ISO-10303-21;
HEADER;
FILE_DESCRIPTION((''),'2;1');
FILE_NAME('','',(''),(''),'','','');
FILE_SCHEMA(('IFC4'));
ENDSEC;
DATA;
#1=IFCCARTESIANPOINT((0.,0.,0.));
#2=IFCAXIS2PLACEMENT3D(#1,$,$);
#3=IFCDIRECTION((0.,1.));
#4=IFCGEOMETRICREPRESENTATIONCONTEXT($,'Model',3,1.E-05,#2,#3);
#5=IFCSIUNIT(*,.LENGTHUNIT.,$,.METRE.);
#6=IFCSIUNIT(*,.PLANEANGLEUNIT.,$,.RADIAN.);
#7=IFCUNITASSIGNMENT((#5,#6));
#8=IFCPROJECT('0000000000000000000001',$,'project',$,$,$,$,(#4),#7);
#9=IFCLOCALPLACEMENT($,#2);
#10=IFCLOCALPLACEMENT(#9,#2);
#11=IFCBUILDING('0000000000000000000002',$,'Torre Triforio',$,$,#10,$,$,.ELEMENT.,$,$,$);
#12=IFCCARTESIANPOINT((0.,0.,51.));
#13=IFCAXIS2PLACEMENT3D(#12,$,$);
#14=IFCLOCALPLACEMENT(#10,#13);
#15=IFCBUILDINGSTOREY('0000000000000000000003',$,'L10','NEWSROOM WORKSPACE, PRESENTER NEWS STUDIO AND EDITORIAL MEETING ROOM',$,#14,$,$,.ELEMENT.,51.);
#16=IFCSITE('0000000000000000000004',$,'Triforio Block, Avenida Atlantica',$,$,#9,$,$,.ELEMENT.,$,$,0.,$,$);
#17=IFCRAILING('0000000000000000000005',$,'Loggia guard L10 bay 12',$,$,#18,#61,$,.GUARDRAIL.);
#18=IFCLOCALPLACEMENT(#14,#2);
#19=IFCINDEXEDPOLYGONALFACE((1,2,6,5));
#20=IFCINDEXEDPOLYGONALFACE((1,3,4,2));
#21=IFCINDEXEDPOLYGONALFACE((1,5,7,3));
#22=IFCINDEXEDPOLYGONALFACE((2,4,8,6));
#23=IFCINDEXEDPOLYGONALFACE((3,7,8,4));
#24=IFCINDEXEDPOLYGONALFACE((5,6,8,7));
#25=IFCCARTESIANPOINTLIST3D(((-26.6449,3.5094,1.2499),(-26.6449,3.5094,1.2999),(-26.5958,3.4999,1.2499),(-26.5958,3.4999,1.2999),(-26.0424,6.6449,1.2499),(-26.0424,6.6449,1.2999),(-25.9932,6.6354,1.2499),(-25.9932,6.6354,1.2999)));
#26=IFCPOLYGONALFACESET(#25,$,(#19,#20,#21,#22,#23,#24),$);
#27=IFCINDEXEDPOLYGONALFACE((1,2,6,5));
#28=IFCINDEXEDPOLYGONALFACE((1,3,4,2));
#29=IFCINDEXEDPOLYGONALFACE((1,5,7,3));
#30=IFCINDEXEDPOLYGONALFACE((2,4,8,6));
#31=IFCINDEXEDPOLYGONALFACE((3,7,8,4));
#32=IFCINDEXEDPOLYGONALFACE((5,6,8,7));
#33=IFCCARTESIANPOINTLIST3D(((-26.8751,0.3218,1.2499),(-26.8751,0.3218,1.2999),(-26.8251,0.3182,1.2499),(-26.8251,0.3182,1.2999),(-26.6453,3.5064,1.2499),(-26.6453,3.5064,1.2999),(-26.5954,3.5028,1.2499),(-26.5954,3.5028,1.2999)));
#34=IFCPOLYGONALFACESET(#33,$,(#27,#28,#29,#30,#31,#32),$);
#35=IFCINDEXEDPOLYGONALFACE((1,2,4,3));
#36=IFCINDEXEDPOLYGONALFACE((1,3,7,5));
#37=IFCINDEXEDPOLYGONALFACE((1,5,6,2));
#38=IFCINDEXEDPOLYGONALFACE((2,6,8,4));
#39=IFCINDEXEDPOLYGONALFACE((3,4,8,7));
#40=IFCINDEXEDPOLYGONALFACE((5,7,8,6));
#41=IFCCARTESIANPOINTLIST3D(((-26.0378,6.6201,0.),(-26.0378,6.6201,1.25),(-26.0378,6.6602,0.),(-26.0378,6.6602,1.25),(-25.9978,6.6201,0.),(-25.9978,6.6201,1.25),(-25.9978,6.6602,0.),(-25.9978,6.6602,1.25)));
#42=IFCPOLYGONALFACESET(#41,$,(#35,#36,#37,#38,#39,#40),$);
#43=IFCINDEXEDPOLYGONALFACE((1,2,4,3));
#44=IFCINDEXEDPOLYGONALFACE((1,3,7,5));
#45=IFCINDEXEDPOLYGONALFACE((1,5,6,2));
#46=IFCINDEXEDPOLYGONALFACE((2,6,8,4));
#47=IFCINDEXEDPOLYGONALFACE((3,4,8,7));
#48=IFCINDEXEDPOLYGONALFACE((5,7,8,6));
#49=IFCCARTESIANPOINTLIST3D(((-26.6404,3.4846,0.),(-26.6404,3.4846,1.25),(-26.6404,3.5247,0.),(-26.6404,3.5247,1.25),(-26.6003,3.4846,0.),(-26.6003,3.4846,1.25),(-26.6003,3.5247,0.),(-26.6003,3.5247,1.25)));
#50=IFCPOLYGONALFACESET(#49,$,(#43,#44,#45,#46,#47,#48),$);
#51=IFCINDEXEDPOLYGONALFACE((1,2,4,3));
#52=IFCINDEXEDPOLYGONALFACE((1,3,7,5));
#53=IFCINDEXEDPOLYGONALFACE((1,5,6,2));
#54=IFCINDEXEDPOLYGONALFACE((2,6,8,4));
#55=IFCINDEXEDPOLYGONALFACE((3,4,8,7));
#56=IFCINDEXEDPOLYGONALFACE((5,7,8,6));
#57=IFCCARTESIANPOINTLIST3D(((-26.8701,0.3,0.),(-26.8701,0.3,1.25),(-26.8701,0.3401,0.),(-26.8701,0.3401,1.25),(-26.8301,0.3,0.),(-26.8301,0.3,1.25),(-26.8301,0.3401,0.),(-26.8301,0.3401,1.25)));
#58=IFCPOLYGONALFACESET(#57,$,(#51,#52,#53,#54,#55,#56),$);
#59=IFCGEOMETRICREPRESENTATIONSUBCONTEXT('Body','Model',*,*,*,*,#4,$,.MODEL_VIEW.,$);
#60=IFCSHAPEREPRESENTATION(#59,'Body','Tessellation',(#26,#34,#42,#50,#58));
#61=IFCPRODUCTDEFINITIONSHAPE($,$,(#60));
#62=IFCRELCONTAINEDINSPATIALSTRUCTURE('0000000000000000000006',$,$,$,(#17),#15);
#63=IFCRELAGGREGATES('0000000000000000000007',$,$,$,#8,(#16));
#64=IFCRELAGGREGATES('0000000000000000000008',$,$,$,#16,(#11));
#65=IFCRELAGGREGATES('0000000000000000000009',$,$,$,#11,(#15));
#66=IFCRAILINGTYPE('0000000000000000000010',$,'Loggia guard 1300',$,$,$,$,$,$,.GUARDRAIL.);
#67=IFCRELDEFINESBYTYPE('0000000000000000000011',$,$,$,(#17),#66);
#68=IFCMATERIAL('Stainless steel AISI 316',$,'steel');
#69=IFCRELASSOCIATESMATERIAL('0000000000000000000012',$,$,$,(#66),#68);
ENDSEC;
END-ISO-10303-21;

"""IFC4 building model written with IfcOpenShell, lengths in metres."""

from ifc_helpers import new_model, si_unit, direction, frame, origin, origin_2d, place, context, subcontext, project, spatial, rectangle, extrude, material, type_object, element, save


model = new_model("IFC4")

# Units and contexts
model_context = context("Model", 3, precision=1e-05, world=origin(), true_north=direction((0.0, 1.0)))
body_context = subcontext(model_context, "Body", "Model", "MODEL_VIEW")
ifc_project = project(units=[si_unit("LENGTHUNIT", "METRE"), si_unit("PLANEANGLEUNIT", "RADIAN")], contexts=[model_context])

# Site, building, storey
site_placement = place(None, origin())
site = spatial("IfcSite", under=ifc_project, at=site_placement, Name="Triforio Block, Avenida Atlantica", CompositionType="ELEMENT", RefElevation=0.0)
building_placement = place(site_placement, origin())
building = spatial("IfcBuilding", under=site, at=building_placement, Name="Torre Triforio", CompositionType="ELEMENT")
storey_placement = place(building_placement, frame((0.0, 0.0, 51.0)))
storey = spatial("IfcBuildingStorey", under=building, at=storey_placement, Name="L10", Description="NEWSROOM WORKSPACE, PRESENTER NEWS STUDIO AND EDITORIAL MEETING ROOM", CompositionType="ELEMENT", Elevation=51.0)

# Railing
ifc_material_1 = material(Name="Stainless steel AISI 316", Category="steel")
railing_type = type_object("IfcRailingType", Name="Loggia guard 1300", PredefinedType="GUARDRAIL", material=ifc_material_1)
railing_placement = place(storey_placement, frame((-26.0178, 6.6401, 0.0)))
element("IfcRailing", 1, at=railing_placement, inside=storey, type_object=railing_type, Name="Loggia guard L10 bay 12", PredefinedType="GUARDRAIL", context=body_context, shape_type="SweptSolid", body=[
    extrude(rectangle(XDim=0.05, YDim=0.05, at=origin_2d()), frame((0.0, 0.0, 1.2749), z_axis=(-0.188714, -0.982032, 0.0), x_axis=(0.982032, -0.188714, 0.0)), (0.0, 0.0, 1.0), 3.1929),
    extrude(rectangle(XDim=0.05, YDim=0.05, at=origin_2d()), frame((-0.6025, -3.1355, 1.2749), z_axis=(-0.071953, -0.997408, 0.0), x_axis=(0.997408, -0.071953, 0.0)), (0.0, 0.0, 1.0), 3.1929),
    extrude(rectangle(XDim=0.04, YDim=0.04, at=origin_2d()), origin(), (0.0, 0.0, 1.0), 1.25),
    extrude(rectangle(XDim=0.04, YDim=0.04, at=origin_2d()), frame((-0.6025, -3.1355, 0.0)), (0.0, 0.0, 1.0), 1.25),
    extrude(rectangle(XDim=0.04, YDim=0.04, at=origin_2d()), frame((-0.8323, -6.3201, 0.0)), (0.0, 0.0, 1.0), 1.25),
])

save(model, "model.ifc")
